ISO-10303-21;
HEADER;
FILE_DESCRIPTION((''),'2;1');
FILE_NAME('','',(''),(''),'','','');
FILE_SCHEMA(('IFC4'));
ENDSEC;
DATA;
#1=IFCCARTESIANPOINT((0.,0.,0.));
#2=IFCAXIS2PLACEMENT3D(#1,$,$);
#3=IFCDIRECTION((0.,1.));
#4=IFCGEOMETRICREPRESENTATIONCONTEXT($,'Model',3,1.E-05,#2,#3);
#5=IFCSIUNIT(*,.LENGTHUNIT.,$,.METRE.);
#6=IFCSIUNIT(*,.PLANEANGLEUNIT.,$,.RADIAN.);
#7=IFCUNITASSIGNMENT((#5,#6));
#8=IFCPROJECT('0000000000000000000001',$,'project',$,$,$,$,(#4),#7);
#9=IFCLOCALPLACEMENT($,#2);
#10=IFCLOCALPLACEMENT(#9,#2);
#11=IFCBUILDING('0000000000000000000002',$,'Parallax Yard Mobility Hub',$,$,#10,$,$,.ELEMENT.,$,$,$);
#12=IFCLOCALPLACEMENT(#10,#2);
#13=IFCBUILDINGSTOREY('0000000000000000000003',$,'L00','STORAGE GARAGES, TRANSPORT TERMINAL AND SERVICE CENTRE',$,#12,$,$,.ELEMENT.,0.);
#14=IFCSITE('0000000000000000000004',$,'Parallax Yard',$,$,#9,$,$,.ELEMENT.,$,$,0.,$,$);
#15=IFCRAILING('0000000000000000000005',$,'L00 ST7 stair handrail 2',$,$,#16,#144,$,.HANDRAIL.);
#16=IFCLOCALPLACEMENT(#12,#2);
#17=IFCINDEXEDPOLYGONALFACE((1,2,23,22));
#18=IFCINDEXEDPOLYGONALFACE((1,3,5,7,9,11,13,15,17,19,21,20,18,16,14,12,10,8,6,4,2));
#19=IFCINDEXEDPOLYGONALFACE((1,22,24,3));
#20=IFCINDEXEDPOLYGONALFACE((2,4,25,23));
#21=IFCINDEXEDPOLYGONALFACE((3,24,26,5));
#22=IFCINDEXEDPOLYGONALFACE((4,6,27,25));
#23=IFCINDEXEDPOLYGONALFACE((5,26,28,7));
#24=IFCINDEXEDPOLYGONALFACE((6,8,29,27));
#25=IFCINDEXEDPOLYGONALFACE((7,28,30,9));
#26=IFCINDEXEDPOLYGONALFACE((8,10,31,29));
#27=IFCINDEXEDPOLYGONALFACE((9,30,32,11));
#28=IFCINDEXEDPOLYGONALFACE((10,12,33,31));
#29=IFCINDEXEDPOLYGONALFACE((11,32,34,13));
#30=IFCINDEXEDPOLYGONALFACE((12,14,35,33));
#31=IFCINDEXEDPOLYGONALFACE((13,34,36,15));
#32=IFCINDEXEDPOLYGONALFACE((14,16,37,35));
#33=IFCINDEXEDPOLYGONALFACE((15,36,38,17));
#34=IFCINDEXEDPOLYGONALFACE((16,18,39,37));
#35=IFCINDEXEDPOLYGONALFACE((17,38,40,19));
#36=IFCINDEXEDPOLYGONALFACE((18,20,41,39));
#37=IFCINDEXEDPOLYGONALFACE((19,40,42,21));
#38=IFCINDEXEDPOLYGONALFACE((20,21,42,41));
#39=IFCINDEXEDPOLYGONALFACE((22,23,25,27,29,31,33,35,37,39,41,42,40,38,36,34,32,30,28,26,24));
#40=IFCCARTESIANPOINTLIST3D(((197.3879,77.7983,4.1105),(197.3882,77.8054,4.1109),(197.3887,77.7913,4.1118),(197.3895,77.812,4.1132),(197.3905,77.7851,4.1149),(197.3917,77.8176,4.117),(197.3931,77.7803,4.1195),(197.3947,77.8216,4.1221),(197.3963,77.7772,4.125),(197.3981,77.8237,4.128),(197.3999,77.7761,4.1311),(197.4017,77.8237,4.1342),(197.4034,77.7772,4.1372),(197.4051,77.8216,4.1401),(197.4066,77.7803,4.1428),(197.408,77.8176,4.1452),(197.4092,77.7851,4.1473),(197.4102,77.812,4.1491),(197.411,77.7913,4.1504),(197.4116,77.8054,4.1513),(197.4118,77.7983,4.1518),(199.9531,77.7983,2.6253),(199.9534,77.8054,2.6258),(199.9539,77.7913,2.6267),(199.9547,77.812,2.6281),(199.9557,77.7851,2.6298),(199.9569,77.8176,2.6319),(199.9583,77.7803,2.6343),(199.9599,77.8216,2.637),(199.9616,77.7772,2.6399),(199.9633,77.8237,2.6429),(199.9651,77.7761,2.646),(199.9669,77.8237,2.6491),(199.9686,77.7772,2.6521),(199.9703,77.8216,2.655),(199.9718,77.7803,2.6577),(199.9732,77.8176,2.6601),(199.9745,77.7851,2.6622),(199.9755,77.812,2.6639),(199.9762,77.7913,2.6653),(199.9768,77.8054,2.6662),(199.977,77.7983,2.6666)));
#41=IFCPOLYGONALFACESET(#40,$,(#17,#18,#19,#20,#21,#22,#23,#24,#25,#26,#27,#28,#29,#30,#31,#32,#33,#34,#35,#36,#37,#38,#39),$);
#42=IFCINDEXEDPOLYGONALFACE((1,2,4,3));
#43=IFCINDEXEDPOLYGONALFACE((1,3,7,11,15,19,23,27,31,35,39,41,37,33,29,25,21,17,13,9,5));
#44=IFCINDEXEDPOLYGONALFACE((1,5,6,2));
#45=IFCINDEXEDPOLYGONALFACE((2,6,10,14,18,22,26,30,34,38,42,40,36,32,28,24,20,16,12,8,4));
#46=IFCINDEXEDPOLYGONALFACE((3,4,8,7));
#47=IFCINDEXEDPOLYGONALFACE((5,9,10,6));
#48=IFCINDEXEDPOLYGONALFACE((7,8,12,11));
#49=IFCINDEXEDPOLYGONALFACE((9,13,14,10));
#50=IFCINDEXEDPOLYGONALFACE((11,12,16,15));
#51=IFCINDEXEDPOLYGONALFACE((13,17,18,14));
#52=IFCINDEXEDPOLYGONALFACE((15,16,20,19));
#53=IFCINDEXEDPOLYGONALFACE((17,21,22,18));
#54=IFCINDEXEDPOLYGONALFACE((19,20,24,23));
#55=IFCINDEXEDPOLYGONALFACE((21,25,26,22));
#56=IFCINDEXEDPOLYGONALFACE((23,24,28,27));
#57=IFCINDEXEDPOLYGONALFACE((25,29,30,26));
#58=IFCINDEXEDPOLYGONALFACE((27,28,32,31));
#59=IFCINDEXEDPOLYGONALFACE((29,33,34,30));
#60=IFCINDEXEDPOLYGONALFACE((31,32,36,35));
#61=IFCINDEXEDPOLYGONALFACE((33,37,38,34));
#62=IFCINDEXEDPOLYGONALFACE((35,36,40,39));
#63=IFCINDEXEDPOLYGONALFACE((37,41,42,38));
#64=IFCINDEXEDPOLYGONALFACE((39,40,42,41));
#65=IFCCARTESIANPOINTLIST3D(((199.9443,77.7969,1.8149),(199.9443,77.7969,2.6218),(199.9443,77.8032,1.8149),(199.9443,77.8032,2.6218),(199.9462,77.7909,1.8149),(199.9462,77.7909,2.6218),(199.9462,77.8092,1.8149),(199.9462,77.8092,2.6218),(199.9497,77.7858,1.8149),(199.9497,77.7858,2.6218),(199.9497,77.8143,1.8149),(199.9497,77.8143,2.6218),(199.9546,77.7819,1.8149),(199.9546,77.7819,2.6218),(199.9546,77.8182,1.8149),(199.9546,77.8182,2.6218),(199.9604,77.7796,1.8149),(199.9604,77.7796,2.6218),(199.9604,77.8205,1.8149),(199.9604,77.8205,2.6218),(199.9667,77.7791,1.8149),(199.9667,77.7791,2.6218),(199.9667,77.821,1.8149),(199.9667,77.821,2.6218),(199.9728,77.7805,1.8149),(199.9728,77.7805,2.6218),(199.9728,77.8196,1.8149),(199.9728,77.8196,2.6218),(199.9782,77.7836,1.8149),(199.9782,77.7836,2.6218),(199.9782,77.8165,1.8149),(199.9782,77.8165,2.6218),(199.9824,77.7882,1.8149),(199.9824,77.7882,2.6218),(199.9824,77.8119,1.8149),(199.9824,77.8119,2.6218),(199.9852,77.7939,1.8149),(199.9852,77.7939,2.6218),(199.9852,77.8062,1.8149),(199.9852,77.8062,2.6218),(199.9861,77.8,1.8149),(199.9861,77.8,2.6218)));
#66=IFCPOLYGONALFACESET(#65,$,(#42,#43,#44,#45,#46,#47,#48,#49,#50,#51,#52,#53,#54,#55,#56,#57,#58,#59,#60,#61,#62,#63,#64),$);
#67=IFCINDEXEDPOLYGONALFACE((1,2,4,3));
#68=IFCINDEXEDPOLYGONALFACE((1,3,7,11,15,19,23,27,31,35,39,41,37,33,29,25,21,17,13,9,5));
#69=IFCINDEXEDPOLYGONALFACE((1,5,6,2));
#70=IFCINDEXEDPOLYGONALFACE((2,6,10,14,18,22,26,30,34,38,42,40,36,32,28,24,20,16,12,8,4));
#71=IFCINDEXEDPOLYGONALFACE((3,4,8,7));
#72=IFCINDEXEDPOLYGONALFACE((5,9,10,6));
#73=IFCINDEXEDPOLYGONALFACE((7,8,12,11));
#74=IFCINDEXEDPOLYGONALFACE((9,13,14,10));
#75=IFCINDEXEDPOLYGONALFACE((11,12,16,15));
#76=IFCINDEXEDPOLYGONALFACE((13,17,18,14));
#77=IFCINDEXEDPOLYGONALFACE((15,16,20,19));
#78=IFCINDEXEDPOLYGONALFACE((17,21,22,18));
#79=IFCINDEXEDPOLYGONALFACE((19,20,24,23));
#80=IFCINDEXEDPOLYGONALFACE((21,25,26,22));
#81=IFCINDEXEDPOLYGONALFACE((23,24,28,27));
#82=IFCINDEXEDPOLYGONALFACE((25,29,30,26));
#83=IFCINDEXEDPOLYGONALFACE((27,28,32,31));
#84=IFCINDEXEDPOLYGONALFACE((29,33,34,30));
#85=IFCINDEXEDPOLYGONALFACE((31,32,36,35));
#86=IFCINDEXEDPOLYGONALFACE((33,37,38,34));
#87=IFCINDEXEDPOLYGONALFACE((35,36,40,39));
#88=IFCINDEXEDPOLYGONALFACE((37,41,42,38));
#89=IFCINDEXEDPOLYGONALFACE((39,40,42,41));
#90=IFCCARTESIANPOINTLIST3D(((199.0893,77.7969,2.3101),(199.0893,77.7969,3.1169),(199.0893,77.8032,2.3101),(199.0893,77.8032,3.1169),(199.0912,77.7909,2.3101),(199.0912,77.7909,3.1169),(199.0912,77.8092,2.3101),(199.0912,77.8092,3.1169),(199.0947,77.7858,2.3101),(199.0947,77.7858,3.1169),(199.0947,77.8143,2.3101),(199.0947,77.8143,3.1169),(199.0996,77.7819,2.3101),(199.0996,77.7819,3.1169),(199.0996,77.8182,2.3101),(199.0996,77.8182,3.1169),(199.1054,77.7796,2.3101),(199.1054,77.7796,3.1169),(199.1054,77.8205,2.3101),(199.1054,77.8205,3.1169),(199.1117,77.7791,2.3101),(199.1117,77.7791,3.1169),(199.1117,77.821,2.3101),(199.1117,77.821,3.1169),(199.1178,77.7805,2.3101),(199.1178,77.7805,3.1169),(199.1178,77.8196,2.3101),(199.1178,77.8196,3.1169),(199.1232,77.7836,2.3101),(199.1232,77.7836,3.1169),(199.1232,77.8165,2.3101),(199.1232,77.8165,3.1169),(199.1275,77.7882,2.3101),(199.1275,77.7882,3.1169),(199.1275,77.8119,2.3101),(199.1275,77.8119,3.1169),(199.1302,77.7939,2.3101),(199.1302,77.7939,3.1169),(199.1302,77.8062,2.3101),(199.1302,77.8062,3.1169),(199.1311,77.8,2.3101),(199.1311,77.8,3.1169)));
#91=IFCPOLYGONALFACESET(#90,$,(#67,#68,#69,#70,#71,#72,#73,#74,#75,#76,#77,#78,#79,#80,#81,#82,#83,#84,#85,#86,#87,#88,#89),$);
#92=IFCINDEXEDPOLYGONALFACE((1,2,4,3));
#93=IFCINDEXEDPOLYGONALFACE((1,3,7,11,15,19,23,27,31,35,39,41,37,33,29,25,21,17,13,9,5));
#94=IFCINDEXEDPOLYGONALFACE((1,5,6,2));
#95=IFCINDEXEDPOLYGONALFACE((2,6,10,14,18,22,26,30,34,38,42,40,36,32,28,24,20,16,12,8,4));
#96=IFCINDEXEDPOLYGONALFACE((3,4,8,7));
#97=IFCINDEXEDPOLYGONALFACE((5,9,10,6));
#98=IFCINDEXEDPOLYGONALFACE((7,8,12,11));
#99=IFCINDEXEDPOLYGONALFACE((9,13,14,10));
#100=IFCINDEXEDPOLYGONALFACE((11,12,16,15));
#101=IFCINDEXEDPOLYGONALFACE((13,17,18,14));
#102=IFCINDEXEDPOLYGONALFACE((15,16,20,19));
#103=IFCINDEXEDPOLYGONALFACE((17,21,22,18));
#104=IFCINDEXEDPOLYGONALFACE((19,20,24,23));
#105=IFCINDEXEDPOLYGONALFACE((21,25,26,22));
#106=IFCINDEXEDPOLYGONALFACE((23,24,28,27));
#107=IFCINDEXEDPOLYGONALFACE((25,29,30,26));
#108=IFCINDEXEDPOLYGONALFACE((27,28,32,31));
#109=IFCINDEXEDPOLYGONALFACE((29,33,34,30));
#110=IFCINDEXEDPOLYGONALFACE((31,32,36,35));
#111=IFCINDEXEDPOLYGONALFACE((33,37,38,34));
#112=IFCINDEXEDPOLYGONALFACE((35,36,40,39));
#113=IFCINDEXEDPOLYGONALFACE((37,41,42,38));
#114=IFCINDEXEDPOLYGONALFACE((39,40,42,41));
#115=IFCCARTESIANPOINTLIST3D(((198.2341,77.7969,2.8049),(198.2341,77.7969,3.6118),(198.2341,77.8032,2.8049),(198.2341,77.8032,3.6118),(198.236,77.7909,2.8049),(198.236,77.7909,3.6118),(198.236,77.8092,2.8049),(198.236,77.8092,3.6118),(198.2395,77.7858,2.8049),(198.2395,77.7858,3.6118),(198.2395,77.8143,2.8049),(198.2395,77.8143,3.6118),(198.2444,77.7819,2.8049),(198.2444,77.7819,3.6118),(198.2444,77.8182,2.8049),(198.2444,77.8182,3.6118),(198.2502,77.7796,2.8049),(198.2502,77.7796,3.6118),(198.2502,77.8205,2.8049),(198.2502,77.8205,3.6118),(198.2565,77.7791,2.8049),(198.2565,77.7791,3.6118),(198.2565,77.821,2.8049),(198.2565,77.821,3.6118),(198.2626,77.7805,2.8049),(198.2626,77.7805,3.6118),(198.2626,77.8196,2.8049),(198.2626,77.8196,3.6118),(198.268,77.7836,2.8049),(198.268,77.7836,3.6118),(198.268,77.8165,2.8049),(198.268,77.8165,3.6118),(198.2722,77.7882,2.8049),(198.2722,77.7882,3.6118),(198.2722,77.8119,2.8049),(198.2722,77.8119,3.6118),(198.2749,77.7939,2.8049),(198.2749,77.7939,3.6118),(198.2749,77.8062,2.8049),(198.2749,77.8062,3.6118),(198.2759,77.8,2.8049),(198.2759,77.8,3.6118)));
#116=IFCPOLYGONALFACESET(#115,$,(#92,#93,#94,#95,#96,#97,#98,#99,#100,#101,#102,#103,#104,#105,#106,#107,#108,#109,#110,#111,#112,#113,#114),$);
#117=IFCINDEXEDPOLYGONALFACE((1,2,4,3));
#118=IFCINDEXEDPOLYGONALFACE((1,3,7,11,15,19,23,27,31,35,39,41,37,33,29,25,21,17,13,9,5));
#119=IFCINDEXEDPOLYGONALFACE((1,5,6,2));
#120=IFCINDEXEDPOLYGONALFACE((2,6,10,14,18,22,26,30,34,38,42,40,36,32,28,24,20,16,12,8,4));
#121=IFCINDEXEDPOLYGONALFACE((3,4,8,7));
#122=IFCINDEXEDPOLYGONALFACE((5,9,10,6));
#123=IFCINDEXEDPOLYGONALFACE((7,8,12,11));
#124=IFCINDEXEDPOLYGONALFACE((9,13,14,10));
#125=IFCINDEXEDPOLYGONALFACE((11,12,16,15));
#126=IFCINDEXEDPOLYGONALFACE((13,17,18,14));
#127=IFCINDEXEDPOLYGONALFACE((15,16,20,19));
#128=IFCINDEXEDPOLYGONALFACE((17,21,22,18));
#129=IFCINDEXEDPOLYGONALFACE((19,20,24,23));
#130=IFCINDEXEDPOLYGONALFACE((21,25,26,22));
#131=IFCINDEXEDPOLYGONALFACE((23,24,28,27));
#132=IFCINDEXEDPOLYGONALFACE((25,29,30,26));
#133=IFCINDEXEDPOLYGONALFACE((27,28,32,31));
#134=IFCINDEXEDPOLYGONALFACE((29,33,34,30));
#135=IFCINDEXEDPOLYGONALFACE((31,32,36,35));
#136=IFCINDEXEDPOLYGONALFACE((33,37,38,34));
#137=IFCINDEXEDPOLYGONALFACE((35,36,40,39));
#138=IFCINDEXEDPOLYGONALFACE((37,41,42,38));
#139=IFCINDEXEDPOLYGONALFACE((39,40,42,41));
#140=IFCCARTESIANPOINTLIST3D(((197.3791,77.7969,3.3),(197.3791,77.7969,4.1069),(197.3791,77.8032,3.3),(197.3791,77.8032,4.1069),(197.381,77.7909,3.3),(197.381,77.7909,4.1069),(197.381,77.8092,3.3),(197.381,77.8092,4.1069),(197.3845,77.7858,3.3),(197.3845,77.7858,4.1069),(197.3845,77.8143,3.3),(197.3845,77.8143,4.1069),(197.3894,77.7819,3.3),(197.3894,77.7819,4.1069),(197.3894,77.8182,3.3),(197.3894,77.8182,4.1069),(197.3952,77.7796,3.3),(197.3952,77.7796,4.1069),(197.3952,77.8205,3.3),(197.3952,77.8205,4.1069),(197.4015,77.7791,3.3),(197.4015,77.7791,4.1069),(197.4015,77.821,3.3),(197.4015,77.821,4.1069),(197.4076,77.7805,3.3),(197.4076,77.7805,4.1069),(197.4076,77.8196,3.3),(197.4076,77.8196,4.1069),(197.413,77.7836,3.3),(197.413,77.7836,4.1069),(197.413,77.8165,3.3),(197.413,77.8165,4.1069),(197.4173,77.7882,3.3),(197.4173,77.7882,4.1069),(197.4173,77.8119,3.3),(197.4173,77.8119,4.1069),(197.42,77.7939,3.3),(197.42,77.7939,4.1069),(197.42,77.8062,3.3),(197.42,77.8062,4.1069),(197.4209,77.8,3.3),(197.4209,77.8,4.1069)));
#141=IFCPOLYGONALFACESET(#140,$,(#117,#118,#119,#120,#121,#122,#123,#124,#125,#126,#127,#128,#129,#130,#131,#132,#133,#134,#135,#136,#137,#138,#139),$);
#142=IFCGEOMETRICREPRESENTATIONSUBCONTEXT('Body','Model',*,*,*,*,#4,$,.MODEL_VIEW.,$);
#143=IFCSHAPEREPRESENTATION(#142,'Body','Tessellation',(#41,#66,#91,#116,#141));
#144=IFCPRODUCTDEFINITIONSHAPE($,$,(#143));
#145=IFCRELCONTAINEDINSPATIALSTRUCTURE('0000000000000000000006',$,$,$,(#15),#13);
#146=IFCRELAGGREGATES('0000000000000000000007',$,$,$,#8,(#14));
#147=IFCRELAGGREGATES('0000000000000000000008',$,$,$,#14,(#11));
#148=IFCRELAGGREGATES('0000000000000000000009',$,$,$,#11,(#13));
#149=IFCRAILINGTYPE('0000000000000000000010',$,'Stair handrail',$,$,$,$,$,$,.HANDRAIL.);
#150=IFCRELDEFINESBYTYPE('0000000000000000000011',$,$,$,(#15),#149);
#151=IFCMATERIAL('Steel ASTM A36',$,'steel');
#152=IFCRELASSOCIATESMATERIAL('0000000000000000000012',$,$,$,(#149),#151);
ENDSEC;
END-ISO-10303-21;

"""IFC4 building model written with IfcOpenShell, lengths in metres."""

from ifc_helpers import new_model, si_unit, direction, frame, origin, origin_2d, place, context, subcontext, project, spatial, circle, extrude, material, type_object, element, save


model = new_model("IFC4")

# Units and contexts
model_context = context("Model", 3, precision=1e-05, world=origin(), true_north=direction((0.0, 1.0)))
body_context = subcontext(model_context, "Body", "Model", "MODEL_VIEW")
ifc_project = project(units=[si_unit("LENGTHUNIT", "METRE"), si_unit("PLANEANGLEUNIT", "RADIAN")], contexts=[model_context])

# Site, building, storey
site_placement = place(None, origin())
site = spatial("IfcSite", under=ifc_project, at=site_placement, Name="Parallax Yard", CompositionType="ELEMENT", RefElevation=0.0)
building_placement = place(site_placement, origin())
building = spatial("IfcBuilding", under=site, at=building_placement, Name="Parallax Yard Mobility Hub", CompositionType="ELEMENT")
storey_placement = place(building_placement, origin())
storey = spatial("IfcBuildingStorey", under=building, at=storey_placement, Name="L00", Description="STORAGE GARAGES, TRANSPORT TERMINAL AND SERVICE CENTRE", CompositionType="ELEMENT", Elevation=0.0)

# Railing
ifc_material_1 = material(Name="Steel ASTM A36", Category="steel")
railing_type_1 = type_object("IfcRailingType", Name="Stair handrail", PredefinedType="HANDRAIL", material=ifc_material_1)
for number, where, name in (
    (1, (199.9651, 77.8, 1.8149), "L00 ST7 stair handrail 2"),
):
    element("IfcRailing", number, at=place(storey_placement, frame(where)), inside=storey, type_object=railing_type_1, Name=name, PredefinedType="HANDRAIL", context=body_context, shape_type="SweptSolid", body=[
        extrude(circle(Radius=0.0239, at=origin_2d()), frame((0.0, 0.0, 0.8311), z_axis=(-0.865426, 0.0, 0.501036), x_axis=(0.0, -1.0, 0.0)), (0.0, 0.0, 1.0), 2.9641),
        extrude(circle(Radius=0.021, at=origin_2d()), origin(), (0.0, 0.0, 1.0), 0.8069),
        extrude(circle(Radius=0.021, at=origin_2d()), frame((-0.855, 0.0, 0.4951)), (0.0, 0.0, 1.0), 0.8069),
        extrude(circle(Radius=0.021, at=origin_2d()), frame((-1.7102, 0.0, 0.99)), (0.0, 0.0, 1.0), 0.8069),
        extrude(circle(Radius=0.021, at=origin_2d()), frame((-2.5652, 0.0, 1.4851)), (0.0, 0.0, 1.0), 0.8069),
    ])

save(model, "model.ifc")
